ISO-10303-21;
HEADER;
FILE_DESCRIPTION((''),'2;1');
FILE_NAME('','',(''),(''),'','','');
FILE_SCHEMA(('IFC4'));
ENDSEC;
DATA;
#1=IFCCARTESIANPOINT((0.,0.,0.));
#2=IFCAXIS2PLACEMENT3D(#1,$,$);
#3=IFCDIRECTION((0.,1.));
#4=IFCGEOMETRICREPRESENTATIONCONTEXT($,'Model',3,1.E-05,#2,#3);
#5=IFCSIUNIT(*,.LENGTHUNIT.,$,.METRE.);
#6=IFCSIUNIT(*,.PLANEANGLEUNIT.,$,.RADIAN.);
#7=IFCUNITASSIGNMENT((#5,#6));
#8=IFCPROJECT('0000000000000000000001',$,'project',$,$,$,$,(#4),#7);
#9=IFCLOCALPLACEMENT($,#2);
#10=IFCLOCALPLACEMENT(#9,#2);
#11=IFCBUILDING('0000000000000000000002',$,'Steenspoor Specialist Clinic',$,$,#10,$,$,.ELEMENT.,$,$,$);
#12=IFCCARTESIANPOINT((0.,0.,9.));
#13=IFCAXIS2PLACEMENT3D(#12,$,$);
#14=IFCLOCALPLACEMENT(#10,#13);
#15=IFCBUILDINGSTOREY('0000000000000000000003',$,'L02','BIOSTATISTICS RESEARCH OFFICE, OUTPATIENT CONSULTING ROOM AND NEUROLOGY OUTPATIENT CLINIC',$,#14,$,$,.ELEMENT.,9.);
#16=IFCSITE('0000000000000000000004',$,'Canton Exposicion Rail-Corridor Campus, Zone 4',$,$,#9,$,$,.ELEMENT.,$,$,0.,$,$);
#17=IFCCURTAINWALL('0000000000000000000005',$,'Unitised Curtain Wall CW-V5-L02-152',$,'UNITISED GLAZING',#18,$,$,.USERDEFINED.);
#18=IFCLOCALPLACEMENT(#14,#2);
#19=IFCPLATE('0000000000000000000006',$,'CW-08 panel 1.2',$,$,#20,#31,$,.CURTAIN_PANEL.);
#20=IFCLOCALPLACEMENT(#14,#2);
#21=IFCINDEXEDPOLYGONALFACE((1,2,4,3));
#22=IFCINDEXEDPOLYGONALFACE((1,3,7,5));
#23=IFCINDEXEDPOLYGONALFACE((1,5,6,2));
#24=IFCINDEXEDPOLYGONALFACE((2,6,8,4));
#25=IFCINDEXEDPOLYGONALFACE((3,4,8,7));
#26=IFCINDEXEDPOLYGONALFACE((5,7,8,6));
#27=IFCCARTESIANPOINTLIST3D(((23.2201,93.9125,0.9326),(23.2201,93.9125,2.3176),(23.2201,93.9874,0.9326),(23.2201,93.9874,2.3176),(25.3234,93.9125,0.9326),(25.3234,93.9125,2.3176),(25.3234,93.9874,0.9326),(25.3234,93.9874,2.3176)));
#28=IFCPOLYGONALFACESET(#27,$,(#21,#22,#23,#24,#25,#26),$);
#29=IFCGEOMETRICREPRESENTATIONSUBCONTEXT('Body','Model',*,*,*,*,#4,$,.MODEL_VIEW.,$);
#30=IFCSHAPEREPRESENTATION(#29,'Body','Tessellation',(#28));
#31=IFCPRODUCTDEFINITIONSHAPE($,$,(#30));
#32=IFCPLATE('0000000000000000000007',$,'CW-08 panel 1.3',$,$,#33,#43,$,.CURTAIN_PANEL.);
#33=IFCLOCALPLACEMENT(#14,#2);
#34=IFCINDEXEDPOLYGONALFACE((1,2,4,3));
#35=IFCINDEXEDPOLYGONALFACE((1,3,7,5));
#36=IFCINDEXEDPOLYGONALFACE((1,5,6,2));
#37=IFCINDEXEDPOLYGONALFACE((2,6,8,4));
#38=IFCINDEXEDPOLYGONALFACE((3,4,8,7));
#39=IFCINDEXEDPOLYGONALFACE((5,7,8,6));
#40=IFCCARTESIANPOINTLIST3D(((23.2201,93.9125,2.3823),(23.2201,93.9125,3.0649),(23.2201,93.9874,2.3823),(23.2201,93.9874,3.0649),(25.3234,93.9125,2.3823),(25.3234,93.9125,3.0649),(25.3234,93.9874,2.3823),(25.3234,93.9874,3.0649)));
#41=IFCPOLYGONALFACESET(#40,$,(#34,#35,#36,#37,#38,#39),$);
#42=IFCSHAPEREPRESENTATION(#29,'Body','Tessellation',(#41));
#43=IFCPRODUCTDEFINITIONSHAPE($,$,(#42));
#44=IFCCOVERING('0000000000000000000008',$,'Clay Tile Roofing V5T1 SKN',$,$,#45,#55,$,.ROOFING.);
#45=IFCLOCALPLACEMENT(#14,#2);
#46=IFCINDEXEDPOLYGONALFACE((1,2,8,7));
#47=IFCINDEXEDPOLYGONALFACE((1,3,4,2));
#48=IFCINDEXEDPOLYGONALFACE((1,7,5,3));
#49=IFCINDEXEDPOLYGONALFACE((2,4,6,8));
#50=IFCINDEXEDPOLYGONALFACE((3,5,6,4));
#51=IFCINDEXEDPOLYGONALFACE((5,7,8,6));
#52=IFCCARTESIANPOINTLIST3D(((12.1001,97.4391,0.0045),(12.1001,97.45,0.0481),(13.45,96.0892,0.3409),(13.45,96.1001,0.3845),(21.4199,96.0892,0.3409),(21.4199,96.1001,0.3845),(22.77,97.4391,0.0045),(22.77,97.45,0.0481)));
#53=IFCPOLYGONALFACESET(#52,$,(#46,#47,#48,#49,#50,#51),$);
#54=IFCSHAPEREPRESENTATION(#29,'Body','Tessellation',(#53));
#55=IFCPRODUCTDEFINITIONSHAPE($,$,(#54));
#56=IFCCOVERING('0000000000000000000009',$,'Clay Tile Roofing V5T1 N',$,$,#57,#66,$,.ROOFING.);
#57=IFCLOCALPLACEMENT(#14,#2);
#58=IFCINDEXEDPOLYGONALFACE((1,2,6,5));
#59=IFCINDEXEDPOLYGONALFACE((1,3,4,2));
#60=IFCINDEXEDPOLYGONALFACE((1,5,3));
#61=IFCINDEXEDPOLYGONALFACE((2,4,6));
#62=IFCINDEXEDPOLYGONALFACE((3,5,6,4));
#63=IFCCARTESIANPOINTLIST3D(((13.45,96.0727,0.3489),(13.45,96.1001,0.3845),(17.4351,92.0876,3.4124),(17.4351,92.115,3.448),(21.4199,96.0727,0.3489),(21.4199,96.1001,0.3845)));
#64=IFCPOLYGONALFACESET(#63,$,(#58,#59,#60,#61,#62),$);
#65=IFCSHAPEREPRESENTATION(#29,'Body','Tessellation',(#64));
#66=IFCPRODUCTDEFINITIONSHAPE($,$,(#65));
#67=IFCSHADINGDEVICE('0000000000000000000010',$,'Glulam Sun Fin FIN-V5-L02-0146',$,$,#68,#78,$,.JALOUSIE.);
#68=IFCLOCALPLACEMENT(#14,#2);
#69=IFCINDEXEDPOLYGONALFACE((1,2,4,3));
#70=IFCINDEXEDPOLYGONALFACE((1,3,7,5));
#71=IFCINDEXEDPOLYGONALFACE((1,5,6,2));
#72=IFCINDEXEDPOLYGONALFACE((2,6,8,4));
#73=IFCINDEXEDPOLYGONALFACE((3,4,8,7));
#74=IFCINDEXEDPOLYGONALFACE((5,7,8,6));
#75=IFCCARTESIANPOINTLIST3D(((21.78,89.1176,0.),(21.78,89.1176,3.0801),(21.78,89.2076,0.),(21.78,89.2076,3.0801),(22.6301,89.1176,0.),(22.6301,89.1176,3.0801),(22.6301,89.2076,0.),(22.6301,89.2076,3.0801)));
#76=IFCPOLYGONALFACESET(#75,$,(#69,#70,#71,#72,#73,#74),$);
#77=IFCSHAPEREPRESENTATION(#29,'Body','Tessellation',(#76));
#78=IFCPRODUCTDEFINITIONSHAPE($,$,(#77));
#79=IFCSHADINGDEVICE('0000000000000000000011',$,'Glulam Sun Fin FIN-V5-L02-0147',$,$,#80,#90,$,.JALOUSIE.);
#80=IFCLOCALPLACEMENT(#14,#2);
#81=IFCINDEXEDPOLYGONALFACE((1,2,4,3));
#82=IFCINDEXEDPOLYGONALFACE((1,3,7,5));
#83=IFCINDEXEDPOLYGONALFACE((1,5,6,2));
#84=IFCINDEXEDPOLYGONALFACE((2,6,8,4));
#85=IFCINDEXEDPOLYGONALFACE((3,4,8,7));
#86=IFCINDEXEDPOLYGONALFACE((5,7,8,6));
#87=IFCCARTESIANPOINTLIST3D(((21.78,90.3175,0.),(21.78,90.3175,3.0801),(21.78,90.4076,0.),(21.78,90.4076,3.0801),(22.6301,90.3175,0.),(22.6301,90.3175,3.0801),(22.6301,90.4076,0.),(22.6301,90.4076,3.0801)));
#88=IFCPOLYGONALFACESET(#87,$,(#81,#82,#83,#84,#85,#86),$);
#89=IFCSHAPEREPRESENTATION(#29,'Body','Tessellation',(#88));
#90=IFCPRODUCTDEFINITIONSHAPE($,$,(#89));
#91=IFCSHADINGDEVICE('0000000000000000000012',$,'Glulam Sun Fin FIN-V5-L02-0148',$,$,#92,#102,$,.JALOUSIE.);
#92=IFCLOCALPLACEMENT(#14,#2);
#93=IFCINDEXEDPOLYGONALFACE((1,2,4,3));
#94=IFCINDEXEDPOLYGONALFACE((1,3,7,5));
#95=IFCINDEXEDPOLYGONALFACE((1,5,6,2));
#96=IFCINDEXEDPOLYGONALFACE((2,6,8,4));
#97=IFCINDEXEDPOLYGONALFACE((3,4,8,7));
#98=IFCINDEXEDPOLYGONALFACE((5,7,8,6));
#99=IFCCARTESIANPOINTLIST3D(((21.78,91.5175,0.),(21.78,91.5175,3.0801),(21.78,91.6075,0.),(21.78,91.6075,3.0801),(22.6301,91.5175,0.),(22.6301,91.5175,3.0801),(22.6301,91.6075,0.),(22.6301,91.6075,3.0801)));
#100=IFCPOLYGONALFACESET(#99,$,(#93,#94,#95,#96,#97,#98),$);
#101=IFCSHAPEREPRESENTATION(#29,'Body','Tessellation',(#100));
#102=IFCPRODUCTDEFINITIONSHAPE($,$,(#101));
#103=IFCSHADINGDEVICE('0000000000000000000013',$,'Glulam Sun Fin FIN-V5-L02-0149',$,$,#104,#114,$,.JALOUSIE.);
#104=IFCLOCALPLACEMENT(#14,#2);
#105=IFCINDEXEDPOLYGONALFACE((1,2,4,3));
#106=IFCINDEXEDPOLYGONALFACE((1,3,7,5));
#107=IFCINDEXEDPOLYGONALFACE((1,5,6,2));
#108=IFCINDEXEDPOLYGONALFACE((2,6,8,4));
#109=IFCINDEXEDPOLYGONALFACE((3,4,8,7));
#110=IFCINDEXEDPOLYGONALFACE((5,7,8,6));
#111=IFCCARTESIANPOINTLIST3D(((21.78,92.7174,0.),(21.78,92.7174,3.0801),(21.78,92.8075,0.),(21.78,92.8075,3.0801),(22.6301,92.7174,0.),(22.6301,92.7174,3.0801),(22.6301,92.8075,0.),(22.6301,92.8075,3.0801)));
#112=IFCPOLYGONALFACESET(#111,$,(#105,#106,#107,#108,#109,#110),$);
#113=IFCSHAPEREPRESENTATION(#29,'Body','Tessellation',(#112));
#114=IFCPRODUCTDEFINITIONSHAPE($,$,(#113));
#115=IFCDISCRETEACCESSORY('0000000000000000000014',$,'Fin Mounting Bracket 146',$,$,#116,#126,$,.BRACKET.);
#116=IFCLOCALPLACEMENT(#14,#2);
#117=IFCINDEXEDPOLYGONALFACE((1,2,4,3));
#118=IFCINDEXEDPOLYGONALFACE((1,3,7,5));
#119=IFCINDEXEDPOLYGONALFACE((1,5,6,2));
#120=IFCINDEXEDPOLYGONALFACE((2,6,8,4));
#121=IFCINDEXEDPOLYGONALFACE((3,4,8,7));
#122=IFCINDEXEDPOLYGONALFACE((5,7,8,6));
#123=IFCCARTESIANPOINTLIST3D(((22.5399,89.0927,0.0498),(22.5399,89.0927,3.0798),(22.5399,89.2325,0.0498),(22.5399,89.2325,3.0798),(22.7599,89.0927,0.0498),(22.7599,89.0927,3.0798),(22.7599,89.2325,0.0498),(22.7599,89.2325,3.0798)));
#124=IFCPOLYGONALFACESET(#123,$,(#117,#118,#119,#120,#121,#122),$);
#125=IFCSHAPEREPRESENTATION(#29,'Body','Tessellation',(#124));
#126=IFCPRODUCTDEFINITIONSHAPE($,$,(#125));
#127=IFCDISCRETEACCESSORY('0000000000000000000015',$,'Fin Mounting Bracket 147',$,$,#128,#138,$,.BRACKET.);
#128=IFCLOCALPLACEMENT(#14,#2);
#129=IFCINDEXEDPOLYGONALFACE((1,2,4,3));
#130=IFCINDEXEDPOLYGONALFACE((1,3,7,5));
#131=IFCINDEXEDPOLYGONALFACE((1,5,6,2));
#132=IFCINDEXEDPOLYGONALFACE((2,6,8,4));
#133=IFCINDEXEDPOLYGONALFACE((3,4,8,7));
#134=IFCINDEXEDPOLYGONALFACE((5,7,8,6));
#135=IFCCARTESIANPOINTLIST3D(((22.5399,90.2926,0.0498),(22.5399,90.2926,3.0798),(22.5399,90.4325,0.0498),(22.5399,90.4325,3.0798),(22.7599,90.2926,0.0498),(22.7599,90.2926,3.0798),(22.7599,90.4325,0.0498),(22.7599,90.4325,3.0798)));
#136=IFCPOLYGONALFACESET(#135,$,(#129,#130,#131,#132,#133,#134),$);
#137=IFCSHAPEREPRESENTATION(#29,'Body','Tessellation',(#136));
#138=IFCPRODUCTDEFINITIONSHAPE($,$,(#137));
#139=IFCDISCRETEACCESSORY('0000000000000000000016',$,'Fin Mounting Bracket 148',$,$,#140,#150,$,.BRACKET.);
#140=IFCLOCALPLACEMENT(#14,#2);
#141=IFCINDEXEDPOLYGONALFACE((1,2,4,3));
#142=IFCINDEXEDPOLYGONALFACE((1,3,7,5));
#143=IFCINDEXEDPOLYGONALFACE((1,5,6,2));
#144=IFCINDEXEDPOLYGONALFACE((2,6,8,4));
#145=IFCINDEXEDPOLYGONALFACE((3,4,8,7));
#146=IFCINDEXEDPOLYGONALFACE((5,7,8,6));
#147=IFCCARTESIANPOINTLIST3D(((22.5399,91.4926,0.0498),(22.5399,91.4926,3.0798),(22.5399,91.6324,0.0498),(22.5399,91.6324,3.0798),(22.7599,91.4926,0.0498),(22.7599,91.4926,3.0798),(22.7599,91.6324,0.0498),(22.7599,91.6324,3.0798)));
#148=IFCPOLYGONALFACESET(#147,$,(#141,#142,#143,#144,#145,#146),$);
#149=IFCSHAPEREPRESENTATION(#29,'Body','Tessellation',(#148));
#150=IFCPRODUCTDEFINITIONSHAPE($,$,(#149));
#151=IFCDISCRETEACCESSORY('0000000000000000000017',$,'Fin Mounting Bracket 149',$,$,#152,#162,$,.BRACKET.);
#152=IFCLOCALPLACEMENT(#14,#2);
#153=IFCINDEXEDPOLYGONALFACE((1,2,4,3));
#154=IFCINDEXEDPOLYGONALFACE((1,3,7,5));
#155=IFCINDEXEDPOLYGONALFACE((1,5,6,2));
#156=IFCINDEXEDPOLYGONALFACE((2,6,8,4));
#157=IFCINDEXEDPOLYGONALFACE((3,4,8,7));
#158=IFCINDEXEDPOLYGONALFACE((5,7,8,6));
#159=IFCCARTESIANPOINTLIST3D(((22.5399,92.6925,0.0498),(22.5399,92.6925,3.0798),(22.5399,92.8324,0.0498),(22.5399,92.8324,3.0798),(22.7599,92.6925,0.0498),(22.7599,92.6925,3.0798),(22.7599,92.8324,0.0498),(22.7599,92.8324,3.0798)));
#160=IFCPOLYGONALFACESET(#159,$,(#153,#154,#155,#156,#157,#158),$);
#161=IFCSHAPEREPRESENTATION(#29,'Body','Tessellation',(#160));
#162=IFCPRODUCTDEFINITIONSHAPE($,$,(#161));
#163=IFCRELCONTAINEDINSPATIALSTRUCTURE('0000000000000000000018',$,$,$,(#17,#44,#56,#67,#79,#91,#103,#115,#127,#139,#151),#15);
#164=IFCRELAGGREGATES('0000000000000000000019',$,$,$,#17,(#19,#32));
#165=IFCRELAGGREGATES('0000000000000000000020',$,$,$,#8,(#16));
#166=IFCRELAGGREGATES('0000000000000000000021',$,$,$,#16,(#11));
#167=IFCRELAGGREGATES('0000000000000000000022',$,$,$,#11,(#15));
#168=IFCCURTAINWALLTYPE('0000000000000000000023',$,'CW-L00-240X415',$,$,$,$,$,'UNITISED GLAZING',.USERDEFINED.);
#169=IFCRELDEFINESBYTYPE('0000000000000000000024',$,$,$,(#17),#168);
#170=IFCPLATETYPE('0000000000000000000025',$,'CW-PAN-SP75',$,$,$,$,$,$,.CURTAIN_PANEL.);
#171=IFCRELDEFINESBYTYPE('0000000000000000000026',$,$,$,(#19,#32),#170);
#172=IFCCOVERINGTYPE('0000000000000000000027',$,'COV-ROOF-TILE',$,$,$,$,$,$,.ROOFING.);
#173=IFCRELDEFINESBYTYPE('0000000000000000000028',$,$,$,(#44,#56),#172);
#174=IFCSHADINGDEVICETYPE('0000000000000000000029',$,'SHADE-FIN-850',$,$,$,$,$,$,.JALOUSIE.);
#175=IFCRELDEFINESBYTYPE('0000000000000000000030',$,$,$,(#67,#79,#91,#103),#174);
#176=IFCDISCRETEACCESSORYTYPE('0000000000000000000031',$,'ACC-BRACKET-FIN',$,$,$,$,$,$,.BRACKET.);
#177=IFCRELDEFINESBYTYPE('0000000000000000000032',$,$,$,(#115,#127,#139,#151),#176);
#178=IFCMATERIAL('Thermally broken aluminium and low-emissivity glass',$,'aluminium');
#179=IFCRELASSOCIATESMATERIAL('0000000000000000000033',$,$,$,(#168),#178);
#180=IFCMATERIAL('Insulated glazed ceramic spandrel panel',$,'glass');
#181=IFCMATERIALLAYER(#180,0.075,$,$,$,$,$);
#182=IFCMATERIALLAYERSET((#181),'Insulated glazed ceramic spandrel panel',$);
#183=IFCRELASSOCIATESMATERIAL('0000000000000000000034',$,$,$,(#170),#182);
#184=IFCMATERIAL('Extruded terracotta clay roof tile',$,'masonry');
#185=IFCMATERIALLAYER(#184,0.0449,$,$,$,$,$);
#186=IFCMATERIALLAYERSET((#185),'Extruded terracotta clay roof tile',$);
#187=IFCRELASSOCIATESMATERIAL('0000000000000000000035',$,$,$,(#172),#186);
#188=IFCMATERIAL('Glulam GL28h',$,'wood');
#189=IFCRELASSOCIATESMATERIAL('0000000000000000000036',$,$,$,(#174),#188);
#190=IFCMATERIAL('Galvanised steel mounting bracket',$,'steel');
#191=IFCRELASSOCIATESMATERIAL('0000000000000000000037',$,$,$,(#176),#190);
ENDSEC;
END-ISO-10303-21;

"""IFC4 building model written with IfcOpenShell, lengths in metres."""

from ifc_helpers import new_model, si_unit, direction, frame, origin, origin_2d, place, context, subcontext, project, spatial, polyline, rectangle, outline, extrude, material, layer, layer_set, material_profile, profile_set, type_object, element, aggregate, save


model = new_model("IFC4")

# Units and contexts
model_context = context("Model", 3, precision=1e-05, world=origin(), true_north=direction((0.0, 1.0)))
body_context = subcontext(model_context, "Body", "Model", "MODEL_VIEW")
ifc_project = project(units=[si_unit("LENGTHUNIT", "METRE"), si_unit("PLANEANGLEUNIT", "RADIAN")], contexts=[model_context])

# Site, building, storey
site_placement = place(None, origin())
site = spatial("IfcSite", under=ifc_project, at=site_placement, Name="Canton Exposicion Rail-Corridor Campus, Zone 4", CompositionType="ELEMENT", RefElevation=0.0)
building_placement = place(site_placement, origin())
building = spatial("IfcBuilding", under=site, at=building_placement, Name="Steenspoor Specialist Clinic", CompositionType="ELEMENT")
storey_placement = place(building_placement, frame((0.0, 0.0, 9.0)))
storey = spatial("IfcBuildingStorey", under=building, at=storey_placement, Name="L02", Description="BIOSTATISTICS RESEARCH OFFICE, OUTPATIENT CONSULTING ROOM AND NEUROLOGY OUTPATIENT CLINIC", CompositionType="ELEMENT", Elevation=9.0)

# Curtain wall
ifc_material_1 = material(Name="Thermally broken aluminium and low-emissivity glass", Category="aluminium")
curtain_wall_type = type_object("IfcCurtainWallType", Name="CW-L00-240X415", ElementType="UNITISED GLAZING", PredefinedType="USERDEFINED", material=ifc_material_1)
curtain_wall_placement = place(storey_placement, origin())
curtain_wall = element("IfcCurtainWall", 1, at=curtain_wall_placement, inside=storey, type_object=curtain_wall_type, Name="Unitised Curtain Wall CW-V5-L02-152", ObjectType="UNITISED GLAZING", PredefinedType="USERDEFINED")

# Shared definitions
ifc_material_2 = material(Name="Glulam GL28h", Category="wood")

# Plates
ifc_material_3 = material(Name="Insulated glazed ceramic spandrel panel", Category="glass")
ifc_layer_1 = layer(ifc_material_3, 0.075)
ifc_layer_set_1 = layer_set([ifc_layer_1], Name="Insulated glazed ceramic spandrel panel")
plate_type = type_object("IfcPlateType", Name="CW-PAN-SP75", PredefinedType="CURTAIN_PANEL", material=ifc_layer_set_1)
plate_1_placement = place(storey_placement, frame((24.2717, 93.95, 0.9326), z_axis=(0.0, 0.0, 1.0), x_axis=(1.0, 0.0, 0.0)))
plate_1 = element("IfcPlate", 2, at=plate_1_placement, type_object=plate_type, Name="CW-08 panel 1.2", PredefinedType="CURTAIN_PANEL", context=body_context, shape_type="SweptSolid", body=[
    extrude(rectangle(XDim=2.1033, YDim=0.075, at=origin_2d()), origin(), (0.0, 0.0, 1.0), 1.385),
])
plate_2_placement = place(storey_placement, frame((24.2717, 93.95, 2.3823), z_axis=(0.0, 0.0, 1.0), x_axis=(1.0, 0.0, 0.0)))
plate_2 = element("IfcPlate", 3, at=plate_2_placement, type_object=plate_type, Name="CW-08 panel 1.3", PredefinedType="CURTAIN_PANEL", context=body_context, shape_type="SweptSolid", body=[
    extrude(rectangle(XDim=2.1033, YDim=0.075, at=origin_2d()), origin(), (0.0, 0.0, 1.0), 0.6826),
])
aggregate(curtain_wall, [plate_1, plate_2])

# Coverings
ifc_material_4 = material(Name="Extruded terracotta clay roof tile", Category="masonry")
ifc_layer_2 = layer(ifc_material_4, 0.0449)
ifc_layer_set_2 = layer_set([ifc_layer_2], Name="Extruded terracotta clay roof tile")
covering_type = type_object("IfcCoveringType", Name="COV-ROOF-TILE", PredefinedType="ROOFING", material=ifc_layer_set_2)
covering_1_placement = place(storey_placement, frame((22.77, 97.45, 0.0481), z_axis=(0.0, 0.241834, 0.970318), x_axis=(-1.0, 0.0, 0.0)))
element("IfcCovering", 4, at=covering_1_placement, inside=storey, type_object=covering_type, Name="Clay Tile Roofing V5T1 SKN", PredefinedType="ROOFING", context=body_context, shape_type="SweptSolid", body=[
    extrude(outline(polyline([(0.0, 0.0), (10.6699, 0.0), (9.3201, 1.3911), (1.3501, 1.3911), (0.0, 0.0)])), origin(), (0.0, 0.0, -1.0), 0.0449),
])
covering_2_placement = place(storey_placement, frame((21.4199, 96.1001, 0.3845), z_axis=(0.0, 0.609462, 0.792815), x_axis=(-1.0, 0.0, 0.0)))
element("IfcCovering", 5, at=covering_2_placement, inside=storey, type_object=covering_type, Name="Clay Tile Roofing V5T1 N", PredefinedType="ROOFING", context=body_context, shape_type="SweptSolid", body=[
    extrude(outline(polyline([(0.0, 0.0), (7.97, 0.0), (3.9849, 5.0265), (0.0, 0.0)])), origin(), (0.0, 0.0, -1.0), 0.0449),
])

# Shading devices
ifc_material_profile_1 = material_profile(ifc_material_2, rectangle(XDim=0.0901, YDim=0.8501, at=origin_2d()), Name="GL28H-90X850")
ifc_profile_set_1 = profile_set([ifc_material_profile_1], Name="Glulam GL28h")
shading_device_type = type_object("IfcShadingDeviceType", Name="SHADE-FIN-850", PredefinedType="JALOUSIE", material=ifc_profile_set_1)
for number, where, z_axis, x_axis, name in (
    (6, (22.2051, 89.1626, 0.0), (0.0, 0.0, 1.0), (0.0, 1.0, 0.0), "Glulam Sun Fin FIN-V5-L02-0146"),
    (7, (22.2051, 90.3625, 0.0), (0.0, 0.0, 1.0), (0.0, 1.0, 0.0), "Glulam Sun Fin FIN-V5-L02-0147"),
    (8, (22.2051, 91.5625, 0.0), (0.0, 0.0, 1.0), (0.0, 1.0, 0.0), "Glulam Sun Fin FIN-V5-L02-0148"),
    (9, (22.2051, 92.7625, 0.0), (0.0, 0.0, 1.0), (0.0, 1.0, 0.0), "Glulam Sun Fin FIN-V5-L02-0149"),
):
    element("IfcShadingDevice", number, at=place(storey_placement, frame(where, z_axis=z_axis, x_axis=x_axis)), inside=storey, type_object=shading_device_type, Name=name, PredefinedType="JALOUSIE", context=body_context, shape_type="SweptSolid", body=[
        extrude(rectangle(XDim=0.0901, YDim=0.8501, at=origin_2d()), origin(), (0.0, 0.0, 1.0), 3.0801),
    ])

# Discrete accessories
ifc_material_5 = material(Name="Galvanised steel mounting bracket", Category="steel")
discrete_accessory_type = type_object("IfcDiscreteAccessoryType", Name="ACC-BRACKET-FIN", PredefinedType="BRACKET", material=ifc_material_5)
for number, where, z_axis, x_axis, name in (
    (10, (22.6499, 89.1626, 0.0498), (0.0, 0.0, 1.0), (-1.0, 0.0, 0.0), "Fin Mounting Bracket 146"),
    (11, (22.6499, 90.3625, 0.0498), (0.0, 0.0, 1.0), (-1.0, 0.0, 0.0), "Fin Mounting Bracket 147"),
    (12, (22.6499, 91.5625, 0.0498), (0.0, 0.0, 1.0), (-1.0, 0.0, 0.0), "Fin Mounting Bracket 148"),
    (13, (22.6499, 92.7625, 0.0498), (0.0, 0.0, 1.0), (-1.0, 0.0, 0.0), "Fin Mounting Bracket 149"),
):
    element("IfcDiscreteAccessory", number, at=place(storey_placement, frame(where, z_axis=z_axis, x_axis=x_axis)), inside=storey, type_object=discrete_accessory_type, Name=name, PredefinedType="BRACKET", context=body_context, shape_type="SweptSolid", body=[
        extrude(rectangle(XDim=0.22, YDim=0.1399, at=origin_2d()), origin(), (0.0, 0.0, 1.0), 3.03),
    ])

save(model, "model.ifc")
